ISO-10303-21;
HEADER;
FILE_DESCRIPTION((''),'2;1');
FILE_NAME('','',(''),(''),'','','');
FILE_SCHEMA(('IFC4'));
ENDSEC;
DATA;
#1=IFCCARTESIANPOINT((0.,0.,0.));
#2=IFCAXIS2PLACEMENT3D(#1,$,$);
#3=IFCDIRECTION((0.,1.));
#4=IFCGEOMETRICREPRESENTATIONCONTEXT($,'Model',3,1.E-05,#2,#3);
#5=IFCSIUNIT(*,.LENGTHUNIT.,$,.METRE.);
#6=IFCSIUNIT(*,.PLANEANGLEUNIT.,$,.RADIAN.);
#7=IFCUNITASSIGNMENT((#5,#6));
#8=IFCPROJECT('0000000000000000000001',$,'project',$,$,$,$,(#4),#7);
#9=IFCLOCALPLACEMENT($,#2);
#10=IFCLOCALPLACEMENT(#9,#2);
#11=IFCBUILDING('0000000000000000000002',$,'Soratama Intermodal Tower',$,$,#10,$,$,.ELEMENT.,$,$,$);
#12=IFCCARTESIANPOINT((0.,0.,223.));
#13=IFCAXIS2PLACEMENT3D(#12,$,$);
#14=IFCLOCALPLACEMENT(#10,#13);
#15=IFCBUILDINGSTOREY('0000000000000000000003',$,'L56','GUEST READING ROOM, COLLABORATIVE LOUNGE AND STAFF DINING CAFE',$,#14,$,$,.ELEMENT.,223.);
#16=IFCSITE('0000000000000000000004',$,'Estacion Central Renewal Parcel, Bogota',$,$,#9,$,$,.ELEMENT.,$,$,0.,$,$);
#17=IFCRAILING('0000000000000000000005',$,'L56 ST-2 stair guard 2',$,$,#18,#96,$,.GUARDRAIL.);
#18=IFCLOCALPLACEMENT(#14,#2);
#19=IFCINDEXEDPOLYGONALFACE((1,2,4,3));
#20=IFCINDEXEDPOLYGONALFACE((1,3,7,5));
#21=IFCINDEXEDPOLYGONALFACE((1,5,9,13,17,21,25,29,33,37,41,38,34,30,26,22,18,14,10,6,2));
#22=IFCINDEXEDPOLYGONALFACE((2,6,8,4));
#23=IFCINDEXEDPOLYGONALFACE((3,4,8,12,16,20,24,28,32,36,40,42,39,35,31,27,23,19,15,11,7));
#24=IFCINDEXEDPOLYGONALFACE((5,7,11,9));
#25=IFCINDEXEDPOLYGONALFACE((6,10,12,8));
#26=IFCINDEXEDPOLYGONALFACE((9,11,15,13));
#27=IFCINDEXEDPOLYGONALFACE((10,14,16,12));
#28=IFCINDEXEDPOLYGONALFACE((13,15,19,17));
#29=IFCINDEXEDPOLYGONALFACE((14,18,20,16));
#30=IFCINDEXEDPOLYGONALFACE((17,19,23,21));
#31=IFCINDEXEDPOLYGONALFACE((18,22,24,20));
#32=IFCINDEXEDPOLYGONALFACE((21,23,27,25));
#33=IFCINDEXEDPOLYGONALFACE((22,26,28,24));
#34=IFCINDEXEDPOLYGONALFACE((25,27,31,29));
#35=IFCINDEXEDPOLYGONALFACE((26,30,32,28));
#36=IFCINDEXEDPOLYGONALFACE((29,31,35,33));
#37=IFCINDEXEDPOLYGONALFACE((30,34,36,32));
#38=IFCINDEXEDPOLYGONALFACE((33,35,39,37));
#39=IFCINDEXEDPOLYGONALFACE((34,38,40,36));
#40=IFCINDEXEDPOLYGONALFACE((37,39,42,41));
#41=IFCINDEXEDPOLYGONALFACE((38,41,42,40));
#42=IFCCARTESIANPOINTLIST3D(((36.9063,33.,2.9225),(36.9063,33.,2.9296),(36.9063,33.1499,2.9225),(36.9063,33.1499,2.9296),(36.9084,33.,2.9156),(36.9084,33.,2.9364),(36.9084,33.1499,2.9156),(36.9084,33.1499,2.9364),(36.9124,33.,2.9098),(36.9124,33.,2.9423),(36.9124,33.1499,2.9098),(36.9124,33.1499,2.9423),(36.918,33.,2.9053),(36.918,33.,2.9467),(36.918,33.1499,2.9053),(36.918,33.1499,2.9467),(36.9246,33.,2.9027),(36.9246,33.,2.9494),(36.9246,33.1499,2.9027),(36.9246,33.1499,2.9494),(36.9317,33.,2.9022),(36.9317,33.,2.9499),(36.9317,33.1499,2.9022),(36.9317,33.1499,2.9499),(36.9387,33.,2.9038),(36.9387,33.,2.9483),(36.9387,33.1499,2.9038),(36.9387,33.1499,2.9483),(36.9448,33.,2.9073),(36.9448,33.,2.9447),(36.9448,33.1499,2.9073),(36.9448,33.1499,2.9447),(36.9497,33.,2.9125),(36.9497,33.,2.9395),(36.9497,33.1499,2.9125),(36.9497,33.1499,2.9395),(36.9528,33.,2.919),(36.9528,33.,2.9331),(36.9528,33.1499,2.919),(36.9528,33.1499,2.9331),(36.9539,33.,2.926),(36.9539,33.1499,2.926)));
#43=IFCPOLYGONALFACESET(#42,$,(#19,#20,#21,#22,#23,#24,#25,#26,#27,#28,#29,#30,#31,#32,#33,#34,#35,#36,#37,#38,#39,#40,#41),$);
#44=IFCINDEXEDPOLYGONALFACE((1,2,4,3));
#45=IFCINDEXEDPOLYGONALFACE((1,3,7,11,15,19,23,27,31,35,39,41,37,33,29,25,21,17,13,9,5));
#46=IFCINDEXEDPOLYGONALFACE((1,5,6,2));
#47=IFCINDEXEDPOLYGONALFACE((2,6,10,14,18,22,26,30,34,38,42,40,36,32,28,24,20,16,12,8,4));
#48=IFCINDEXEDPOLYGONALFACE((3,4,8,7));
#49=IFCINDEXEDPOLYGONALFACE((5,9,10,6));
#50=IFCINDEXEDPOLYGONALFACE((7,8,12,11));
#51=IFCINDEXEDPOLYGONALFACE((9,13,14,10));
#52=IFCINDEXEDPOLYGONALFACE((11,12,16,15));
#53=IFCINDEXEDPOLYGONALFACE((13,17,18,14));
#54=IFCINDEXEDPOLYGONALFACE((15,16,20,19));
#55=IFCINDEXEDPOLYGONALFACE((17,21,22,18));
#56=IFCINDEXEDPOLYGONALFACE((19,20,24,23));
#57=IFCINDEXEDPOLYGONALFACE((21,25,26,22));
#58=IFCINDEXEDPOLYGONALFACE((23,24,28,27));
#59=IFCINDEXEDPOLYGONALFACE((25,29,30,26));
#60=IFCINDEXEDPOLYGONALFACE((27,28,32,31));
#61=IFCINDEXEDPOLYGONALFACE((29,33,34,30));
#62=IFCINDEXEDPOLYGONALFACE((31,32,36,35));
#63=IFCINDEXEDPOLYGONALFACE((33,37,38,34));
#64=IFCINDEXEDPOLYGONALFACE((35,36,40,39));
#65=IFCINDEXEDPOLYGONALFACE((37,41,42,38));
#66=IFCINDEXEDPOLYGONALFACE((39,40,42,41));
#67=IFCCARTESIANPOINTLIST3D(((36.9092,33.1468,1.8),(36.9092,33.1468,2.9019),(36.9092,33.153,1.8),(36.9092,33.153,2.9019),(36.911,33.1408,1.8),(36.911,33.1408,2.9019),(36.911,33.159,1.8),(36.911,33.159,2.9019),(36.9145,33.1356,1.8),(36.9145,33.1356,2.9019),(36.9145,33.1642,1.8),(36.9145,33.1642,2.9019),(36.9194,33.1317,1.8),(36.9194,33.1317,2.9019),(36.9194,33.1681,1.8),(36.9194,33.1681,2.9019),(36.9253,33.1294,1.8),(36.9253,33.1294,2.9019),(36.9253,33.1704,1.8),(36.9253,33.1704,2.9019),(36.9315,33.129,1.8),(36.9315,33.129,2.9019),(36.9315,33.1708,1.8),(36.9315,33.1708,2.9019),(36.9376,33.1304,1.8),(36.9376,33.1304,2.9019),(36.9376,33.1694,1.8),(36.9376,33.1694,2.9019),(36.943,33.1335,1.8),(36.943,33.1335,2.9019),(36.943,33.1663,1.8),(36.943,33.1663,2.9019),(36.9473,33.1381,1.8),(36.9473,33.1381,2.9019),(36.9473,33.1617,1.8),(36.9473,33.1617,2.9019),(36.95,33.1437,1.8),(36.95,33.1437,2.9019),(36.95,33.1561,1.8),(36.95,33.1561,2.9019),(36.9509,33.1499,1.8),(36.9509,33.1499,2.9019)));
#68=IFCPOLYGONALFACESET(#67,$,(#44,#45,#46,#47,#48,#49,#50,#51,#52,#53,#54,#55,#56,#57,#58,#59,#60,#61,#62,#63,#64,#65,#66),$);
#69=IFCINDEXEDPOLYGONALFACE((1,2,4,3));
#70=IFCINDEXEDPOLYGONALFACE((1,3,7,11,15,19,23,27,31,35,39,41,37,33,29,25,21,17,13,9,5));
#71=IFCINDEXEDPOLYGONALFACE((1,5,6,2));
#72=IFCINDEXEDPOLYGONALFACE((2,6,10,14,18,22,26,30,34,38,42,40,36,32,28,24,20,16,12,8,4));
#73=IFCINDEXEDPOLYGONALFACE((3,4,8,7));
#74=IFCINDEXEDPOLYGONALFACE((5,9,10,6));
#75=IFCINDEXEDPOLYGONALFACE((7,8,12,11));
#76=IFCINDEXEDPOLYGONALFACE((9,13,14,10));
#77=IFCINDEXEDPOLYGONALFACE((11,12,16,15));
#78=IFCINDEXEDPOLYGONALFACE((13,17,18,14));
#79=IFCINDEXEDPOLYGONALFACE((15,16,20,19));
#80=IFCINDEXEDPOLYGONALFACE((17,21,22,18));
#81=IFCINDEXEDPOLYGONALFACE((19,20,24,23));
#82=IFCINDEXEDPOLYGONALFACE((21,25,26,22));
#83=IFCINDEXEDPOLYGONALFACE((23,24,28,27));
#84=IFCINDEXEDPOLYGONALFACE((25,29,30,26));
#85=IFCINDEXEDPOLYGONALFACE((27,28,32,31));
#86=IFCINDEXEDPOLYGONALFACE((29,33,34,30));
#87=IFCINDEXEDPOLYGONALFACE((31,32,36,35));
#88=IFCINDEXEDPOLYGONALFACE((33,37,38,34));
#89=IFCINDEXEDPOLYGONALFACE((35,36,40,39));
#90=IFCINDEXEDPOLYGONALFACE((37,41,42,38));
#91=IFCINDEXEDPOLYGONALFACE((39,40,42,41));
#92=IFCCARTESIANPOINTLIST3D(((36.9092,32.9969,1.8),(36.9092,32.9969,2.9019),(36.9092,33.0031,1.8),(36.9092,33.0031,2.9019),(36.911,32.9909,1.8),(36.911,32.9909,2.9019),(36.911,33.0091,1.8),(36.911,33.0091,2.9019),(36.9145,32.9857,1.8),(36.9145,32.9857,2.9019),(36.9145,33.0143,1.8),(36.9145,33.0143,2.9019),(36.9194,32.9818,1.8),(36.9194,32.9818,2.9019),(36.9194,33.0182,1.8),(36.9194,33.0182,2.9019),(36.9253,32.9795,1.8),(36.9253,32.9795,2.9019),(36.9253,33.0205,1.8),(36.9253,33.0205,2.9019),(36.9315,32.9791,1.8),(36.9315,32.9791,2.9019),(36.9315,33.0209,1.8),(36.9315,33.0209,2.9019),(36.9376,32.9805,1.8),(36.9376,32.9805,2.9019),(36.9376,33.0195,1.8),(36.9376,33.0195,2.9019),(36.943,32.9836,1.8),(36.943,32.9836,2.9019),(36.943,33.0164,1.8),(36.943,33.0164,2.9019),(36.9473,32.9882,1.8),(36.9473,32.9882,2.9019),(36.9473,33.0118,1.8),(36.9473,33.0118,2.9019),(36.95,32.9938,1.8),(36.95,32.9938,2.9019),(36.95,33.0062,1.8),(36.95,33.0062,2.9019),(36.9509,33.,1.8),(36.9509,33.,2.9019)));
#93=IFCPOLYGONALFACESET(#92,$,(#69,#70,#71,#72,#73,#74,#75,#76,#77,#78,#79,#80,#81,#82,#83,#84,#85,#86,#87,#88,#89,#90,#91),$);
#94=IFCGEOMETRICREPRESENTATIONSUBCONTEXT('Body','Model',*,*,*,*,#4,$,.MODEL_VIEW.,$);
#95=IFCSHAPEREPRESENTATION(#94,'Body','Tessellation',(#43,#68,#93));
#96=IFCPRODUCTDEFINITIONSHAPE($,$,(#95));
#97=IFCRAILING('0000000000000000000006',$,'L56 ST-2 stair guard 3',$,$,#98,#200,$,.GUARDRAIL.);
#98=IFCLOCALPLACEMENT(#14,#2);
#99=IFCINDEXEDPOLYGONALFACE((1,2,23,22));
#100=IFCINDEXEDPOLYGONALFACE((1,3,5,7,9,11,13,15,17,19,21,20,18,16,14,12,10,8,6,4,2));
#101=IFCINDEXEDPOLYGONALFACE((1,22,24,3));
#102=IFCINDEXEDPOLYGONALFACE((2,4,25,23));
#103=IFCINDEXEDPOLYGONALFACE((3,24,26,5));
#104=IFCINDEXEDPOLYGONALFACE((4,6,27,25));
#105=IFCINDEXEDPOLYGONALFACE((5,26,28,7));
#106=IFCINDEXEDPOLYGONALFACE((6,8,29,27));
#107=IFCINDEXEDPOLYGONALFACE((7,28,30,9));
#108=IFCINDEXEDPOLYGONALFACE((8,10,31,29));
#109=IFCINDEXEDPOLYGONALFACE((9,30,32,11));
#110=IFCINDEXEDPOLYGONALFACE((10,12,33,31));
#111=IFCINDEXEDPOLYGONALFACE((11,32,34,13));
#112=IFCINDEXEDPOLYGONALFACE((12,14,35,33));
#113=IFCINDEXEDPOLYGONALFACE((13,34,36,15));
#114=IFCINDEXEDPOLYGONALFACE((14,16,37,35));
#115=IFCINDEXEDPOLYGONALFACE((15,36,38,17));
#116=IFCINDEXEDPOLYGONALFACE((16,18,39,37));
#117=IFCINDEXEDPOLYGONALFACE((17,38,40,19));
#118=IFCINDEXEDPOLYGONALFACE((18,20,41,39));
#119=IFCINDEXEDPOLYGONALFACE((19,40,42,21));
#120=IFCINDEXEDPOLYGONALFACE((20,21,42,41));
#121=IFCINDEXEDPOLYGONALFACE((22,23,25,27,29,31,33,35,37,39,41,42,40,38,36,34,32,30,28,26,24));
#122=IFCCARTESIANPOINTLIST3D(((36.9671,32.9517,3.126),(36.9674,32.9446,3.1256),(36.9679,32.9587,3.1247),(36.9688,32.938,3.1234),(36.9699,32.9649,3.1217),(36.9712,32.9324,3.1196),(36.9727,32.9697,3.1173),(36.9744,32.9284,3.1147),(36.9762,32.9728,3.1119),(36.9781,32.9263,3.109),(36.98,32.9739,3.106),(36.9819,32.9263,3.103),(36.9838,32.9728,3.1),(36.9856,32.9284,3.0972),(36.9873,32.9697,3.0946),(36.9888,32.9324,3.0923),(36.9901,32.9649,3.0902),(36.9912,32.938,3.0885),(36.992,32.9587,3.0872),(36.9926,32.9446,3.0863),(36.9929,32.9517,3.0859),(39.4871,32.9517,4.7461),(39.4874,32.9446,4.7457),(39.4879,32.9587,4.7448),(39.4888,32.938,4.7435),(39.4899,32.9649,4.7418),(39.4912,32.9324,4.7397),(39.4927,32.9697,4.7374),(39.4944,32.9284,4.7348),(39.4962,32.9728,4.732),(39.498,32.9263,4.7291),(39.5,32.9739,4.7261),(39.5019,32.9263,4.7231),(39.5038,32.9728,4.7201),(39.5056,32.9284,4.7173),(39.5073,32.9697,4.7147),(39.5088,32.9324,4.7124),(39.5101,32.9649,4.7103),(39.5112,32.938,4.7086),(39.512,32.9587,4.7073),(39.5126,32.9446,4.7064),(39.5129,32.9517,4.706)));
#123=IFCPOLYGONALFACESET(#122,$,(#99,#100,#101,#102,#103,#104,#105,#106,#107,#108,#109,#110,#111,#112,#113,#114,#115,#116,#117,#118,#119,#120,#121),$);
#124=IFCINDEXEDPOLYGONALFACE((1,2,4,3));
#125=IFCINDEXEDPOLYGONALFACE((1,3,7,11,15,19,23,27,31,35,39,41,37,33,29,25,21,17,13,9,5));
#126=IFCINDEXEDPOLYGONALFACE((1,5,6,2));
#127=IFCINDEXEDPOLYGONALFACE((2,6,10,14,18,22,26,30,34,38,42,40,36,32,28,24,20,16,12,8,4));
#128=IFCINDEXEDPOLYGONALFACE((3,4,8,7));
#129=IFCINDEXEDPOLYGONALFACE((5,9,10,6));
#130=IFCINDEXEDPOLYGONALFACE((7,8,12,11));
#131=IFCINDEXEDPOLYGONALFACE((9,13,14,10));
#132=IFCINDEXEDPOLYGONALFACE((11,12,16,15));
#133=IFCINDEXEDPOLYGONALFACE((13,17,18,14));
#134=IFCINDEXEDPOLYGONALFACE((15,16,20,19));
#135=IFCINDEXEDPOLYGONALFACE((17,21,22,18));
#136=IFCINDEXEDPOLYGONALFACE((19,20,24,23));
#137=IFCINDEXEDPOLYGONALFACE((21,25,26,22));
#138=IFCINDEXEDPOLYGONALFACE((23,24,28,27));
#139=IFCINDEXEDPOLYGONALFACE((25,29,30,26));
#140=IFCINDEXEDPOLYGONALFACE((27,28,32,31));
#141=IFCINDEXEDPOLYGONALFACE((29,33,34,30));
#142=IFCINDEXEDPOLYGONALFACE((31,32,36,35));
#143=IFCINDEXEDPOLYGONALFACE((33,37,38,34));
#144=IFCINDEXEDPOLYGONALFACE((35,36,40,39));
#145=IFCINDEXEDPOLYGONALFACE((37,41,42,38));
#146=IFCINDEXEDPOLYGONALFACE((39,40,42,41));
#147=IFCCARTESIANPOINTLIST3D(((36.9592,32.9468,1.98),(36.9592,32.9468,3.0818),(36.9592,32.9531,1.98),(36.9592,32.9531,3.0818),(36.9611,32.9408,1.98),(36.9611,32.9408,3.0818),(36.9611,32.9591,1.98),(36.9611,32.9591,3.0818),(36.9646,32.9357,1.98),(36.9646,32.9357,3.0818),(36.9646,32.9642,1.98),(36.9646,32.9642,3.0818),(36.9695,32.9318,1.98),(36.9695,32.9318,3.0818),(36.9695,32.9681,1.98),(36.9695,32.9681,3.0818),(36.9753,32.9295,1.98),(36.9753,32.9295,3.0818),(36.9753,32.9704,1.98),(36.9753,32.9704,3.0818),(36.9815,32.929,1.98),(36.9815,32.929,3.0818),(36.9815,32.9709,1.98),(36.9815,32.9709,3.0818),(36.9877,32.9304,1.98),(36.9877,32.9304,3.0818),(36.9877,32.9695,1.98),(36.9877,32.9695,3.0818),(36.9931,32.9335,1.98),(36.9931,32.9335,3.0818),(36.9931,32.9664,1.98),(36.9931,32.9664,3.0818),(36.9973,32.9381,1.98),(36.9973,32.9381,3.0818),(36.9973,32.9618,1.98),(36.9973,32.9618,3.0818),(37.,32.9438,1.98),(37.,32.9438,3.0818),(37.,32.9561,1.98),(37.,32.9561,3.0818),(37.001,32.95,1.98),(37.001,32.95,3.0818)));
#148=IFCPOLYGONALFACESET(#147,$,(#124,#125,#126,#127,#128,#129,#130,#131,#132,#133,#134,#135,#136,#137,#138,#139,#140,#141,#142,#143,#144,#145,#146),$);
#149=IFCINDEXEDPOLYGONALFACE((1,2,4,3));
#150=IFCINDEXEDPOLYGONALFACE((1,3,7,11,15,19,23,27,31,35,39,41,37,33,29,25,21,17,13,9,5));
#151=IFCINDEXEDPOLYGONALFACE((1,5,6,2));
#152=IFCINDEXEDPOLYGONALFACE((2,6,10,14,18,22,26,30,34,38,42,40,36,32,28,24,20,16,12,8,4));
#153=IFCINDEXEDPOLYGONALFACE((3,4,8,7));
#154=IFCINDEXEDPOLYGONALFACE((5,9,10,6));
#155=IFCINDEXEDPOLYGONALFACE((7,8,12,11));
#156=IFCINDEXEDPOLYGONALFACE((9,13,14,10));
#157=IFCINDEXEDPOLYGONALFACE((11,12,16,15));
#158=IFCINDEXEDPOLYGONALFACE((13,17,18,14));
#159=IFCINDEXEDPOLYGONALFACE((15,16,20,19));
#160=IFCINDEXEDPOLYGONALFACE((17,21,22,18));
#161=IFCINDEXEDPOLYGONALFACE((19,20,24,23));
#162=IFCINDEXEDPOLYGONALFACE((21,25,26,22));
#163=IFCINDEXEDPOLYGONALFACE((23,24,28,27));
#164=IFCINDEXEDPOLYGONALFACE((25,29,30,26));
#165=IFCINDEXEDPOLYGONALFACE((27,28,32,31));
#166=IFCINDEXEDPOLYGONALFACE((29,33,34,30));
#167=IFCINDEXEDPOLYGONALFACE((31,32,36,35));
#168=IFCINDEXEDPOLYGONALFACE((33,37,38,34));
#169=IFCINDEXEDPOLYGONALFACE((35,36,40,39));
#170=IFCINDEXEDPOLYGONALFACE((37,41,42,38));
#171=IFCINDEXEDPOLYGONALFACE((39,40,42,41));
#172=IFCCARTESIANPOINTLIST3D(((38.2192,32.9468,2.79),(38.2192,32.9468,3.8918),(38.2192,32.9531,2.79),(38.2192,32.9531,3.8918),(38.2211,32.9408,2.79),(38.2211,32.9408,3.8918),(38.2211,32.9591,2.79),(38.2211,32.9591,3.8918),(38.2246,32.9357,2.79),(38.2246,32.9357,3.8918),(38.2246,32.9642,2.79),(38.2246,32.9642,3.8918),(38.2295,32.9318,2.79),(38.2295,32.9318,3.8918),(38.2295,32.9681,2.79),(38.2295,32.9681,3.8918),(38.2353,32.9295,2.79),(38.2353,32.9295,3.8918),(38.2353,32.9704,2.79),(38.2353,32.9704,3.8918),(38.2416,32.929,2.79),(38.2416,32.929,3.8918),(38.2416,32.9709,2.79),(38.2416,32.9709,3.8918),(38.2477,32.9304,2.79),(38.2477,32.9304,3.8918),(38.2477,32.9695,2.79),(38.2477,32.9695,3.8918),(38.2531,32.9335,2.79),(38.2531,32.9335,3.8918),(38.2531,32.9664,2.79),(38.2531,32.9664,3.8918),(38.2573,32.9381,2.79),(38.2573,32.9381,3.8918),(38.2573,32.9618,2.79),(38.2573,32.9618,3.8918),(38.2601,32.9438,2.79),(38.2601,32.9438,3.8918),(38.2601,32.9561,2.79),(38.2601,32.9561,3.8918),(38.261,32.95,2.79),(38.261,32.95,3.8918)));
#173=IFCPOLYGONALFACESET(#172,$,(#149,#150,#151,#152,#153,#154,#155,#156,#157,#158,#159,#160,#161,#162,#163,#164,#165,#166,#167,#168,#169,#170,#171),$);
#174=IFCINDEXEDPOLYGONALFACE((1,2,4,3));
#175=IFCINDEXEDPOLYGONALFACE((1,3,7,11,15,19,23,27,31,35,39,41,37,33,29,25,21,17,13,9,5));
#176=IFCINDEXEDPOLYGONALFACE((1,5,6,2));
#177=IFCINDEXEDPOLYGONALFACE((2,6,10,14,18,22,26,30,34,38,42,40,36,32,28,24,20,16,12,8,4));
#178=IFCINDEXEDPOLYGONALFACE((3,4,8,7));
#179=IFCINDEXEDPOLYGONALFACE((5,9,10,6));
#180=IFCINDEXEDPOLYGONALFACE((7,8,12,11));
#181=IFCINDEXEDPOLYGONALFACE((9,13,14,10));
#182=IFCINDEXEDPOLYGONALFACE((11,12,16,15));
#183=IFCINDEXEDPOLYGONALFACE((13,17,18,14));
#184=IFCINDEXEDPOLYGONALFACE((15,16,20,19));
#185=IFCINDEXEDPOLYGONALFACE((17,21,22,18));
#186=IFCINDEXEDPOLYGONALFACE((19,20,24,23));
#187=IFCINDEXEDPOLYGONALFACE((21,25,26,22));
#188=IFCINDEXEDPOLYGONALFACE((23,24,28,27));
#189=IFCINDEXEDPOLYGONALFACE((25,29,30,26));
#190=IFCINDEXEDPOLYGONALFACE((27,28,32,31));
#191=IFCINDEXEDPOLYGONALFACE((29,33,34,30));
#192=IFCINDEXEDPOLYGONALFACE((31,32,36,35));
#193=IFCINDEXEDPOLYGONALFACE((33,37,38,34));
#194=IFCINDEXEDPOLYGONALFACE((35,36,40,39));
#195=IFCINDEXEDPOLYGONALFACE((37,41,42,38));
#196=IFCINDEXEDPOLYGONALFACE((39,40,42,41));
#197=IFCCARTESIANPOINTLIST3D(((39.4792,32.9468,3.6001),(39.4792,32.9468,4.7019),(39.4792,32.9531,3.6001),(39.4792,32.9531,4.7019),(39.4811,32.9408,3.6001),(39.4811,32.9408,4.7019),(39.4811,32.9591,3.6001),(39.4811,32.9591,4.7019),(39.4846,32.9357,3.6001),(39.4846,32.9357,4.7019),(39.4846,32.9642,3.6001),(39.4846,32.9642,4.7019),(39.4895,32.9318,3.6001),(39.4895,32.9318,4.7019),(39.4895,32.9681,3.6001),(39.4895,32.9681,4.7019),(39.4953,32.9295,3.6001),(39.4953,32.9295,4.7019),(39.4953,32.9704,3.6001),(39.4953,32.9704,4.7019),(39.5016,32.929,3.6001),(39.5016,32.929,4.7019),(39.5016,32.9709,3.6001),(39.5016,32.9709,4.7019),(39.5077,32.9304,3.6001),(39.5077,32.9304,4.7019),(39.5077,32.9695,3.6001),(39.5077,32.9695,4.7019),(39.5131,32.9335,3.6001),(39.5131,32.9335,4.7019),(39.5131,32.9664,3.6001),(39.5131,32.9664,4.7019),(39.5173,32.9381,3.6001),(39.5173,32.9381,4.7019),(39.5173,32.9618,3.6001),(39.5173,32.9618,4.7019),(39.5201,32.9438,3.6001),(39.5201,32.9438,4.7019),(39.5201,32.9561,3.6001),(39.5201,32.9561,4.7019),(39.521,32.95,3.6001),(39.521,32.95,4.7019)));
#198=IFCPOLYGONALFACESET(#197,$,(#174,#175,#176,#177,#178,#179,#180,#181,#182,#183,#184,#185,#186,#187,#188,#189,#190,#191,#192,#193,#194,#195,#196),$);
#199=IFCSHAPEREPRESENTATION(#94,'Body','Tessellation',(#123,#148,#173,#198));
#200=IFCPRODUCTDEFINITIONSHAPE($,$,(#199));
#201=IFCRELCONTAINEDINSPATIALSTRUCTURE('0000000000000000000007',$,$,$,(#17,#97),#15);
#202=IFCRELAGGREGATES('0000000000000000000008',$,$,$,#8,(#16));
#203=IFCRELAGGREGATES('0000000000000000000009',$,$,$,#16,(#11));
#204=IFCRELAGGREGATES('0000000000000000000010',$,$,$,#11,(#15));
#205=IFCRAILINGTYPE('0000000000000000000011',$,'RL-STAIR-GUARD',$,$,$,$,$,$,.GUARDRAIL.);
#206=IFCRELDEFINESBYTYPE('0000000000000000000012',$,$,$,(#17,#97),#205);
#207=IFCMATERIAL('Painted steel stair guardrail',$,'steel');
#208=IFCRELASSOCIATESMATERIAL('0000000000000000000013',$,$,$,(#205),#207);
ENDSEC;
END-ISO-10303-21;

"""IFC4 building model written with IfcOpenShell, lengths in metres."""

from ifc_helpers import new_model, si_unit, direction, frame, origin, origin_2d, place, context, subcontext, project, spatial, circle, extrude, material, type_object, element, save


model = new_model("IFC4")

# Units and contexts
model_context = context("Model", 3, precision=1e-05, world=origin(), true_north=direction((0.0, 1.0)))
body_context = subcontext(model_context, "Body", "Model", "MODEL_VIEW")
ifc_project = project(units=[si_unit("LENGTHUNIT", "METRE"), si_unit("PLANEANGLEUNIT", "RADIAN")], contexts=[model_context])

# Site, building, storey
site_placement = place(None, origin())
site = spatial("IfcSite", under=ifc_project, at=site_placement, Name="Estacion Central Renewal Parcel, Bogota", CompositionType="ELEMENT", RefElevation=0.0)
building_placement = place(site_placement, origin())
building = spatial("IfcBuilding", under=site, at=building_placement, Name="Soratama Intermodal Tower", CompositionType="ELEMENT")
storey_placement = place(building_placement, frame((0.0, 0.0, 223.0)))
storey = spatial("IfcBuildingStorey", under=building, at=storey_placement, Name="L56", Description="GUEST READING ROOM, COLLABORATIVE LOUNGE AND STAFF DINING CAFE", CompositionType="ELEMENT", Elevation=223.0)

# Railings
ifc_material_1 = material(Name="Painted steel stair guardrail", Category="steel")
railing_type_1 = type_object("IfcRailingType", Name="RL-STAIR-GUARD", PredefinedType="GUARDRAIL", material=ifc_material_1)
railing_1_placement = place(storey_placement, frame((36.9299, 33.1499, 1.8)))
element("IfcRailing", 1, at=railing_1_placement, inside=storey, type_object=railing_type_1, Name="L56 ST-2 stair guard 2", PredefinedType="GUARDRAIL", context=body_context, shape_type="SweptSolid", body=[
    extrude(circle(Radius=0.0239, at=origin_2d()), frame((0.0, 0.0, 1.126), z_axis=(0.0, -1.0, 0.0), x_axis=(1.0, 0.0, 0.0)), (0.0, 0.0, 1.0), 0.1499),
    extrude(circle(Radius=0.021, at=origin_2d()), origin(), (0.0, 0.0, 1.0), 1.1018),
    extrude(circle(Radius=0.021, at=origin_2d()), frame((0.0, -0.1499, 0.0)), (0.0, 0.0, 1.0), 1.1018),
])
railing_2_placement = place(storey_placement, frame((36.98, 32.95, 1.98)))
element("IfcRailing", 2, at=railing_2_placement, inside=storey, type_object=railing_type_1, Name="L56 ST-2 stair guard 3", PredefinedType="GUARDRAIL", context=body_context, shape_type="SweptSolid", body=[
    extrude(circle(Radius=0.0239, at=origin_2d()), frame((0.0, 0.0, 1.126), z_axis=(0.841163, 0.0, 0.540782), x_axis=(0.0, 1.0, 0.0)), (0.0, 0.0, 1.0), 2.9958),
    extrude(circle(Radius=0.021, at=origin_2d()), origin(), (0.0, 0.0, 1.0), 1.1018),
    extrude(circle(Radius=0.021, at=origin_2d()), frame((1.26, 0.0, 0.8101)), (0.0, 0.0, 1.0), 1.1018),
    extrude(circle(Radius=0.021, at=origin_2d()), frame((2.52, 0.0, 1.6201)), (0.0, 0.0, 1.0), 1.1018),
])

save(model, "model.ifc")
